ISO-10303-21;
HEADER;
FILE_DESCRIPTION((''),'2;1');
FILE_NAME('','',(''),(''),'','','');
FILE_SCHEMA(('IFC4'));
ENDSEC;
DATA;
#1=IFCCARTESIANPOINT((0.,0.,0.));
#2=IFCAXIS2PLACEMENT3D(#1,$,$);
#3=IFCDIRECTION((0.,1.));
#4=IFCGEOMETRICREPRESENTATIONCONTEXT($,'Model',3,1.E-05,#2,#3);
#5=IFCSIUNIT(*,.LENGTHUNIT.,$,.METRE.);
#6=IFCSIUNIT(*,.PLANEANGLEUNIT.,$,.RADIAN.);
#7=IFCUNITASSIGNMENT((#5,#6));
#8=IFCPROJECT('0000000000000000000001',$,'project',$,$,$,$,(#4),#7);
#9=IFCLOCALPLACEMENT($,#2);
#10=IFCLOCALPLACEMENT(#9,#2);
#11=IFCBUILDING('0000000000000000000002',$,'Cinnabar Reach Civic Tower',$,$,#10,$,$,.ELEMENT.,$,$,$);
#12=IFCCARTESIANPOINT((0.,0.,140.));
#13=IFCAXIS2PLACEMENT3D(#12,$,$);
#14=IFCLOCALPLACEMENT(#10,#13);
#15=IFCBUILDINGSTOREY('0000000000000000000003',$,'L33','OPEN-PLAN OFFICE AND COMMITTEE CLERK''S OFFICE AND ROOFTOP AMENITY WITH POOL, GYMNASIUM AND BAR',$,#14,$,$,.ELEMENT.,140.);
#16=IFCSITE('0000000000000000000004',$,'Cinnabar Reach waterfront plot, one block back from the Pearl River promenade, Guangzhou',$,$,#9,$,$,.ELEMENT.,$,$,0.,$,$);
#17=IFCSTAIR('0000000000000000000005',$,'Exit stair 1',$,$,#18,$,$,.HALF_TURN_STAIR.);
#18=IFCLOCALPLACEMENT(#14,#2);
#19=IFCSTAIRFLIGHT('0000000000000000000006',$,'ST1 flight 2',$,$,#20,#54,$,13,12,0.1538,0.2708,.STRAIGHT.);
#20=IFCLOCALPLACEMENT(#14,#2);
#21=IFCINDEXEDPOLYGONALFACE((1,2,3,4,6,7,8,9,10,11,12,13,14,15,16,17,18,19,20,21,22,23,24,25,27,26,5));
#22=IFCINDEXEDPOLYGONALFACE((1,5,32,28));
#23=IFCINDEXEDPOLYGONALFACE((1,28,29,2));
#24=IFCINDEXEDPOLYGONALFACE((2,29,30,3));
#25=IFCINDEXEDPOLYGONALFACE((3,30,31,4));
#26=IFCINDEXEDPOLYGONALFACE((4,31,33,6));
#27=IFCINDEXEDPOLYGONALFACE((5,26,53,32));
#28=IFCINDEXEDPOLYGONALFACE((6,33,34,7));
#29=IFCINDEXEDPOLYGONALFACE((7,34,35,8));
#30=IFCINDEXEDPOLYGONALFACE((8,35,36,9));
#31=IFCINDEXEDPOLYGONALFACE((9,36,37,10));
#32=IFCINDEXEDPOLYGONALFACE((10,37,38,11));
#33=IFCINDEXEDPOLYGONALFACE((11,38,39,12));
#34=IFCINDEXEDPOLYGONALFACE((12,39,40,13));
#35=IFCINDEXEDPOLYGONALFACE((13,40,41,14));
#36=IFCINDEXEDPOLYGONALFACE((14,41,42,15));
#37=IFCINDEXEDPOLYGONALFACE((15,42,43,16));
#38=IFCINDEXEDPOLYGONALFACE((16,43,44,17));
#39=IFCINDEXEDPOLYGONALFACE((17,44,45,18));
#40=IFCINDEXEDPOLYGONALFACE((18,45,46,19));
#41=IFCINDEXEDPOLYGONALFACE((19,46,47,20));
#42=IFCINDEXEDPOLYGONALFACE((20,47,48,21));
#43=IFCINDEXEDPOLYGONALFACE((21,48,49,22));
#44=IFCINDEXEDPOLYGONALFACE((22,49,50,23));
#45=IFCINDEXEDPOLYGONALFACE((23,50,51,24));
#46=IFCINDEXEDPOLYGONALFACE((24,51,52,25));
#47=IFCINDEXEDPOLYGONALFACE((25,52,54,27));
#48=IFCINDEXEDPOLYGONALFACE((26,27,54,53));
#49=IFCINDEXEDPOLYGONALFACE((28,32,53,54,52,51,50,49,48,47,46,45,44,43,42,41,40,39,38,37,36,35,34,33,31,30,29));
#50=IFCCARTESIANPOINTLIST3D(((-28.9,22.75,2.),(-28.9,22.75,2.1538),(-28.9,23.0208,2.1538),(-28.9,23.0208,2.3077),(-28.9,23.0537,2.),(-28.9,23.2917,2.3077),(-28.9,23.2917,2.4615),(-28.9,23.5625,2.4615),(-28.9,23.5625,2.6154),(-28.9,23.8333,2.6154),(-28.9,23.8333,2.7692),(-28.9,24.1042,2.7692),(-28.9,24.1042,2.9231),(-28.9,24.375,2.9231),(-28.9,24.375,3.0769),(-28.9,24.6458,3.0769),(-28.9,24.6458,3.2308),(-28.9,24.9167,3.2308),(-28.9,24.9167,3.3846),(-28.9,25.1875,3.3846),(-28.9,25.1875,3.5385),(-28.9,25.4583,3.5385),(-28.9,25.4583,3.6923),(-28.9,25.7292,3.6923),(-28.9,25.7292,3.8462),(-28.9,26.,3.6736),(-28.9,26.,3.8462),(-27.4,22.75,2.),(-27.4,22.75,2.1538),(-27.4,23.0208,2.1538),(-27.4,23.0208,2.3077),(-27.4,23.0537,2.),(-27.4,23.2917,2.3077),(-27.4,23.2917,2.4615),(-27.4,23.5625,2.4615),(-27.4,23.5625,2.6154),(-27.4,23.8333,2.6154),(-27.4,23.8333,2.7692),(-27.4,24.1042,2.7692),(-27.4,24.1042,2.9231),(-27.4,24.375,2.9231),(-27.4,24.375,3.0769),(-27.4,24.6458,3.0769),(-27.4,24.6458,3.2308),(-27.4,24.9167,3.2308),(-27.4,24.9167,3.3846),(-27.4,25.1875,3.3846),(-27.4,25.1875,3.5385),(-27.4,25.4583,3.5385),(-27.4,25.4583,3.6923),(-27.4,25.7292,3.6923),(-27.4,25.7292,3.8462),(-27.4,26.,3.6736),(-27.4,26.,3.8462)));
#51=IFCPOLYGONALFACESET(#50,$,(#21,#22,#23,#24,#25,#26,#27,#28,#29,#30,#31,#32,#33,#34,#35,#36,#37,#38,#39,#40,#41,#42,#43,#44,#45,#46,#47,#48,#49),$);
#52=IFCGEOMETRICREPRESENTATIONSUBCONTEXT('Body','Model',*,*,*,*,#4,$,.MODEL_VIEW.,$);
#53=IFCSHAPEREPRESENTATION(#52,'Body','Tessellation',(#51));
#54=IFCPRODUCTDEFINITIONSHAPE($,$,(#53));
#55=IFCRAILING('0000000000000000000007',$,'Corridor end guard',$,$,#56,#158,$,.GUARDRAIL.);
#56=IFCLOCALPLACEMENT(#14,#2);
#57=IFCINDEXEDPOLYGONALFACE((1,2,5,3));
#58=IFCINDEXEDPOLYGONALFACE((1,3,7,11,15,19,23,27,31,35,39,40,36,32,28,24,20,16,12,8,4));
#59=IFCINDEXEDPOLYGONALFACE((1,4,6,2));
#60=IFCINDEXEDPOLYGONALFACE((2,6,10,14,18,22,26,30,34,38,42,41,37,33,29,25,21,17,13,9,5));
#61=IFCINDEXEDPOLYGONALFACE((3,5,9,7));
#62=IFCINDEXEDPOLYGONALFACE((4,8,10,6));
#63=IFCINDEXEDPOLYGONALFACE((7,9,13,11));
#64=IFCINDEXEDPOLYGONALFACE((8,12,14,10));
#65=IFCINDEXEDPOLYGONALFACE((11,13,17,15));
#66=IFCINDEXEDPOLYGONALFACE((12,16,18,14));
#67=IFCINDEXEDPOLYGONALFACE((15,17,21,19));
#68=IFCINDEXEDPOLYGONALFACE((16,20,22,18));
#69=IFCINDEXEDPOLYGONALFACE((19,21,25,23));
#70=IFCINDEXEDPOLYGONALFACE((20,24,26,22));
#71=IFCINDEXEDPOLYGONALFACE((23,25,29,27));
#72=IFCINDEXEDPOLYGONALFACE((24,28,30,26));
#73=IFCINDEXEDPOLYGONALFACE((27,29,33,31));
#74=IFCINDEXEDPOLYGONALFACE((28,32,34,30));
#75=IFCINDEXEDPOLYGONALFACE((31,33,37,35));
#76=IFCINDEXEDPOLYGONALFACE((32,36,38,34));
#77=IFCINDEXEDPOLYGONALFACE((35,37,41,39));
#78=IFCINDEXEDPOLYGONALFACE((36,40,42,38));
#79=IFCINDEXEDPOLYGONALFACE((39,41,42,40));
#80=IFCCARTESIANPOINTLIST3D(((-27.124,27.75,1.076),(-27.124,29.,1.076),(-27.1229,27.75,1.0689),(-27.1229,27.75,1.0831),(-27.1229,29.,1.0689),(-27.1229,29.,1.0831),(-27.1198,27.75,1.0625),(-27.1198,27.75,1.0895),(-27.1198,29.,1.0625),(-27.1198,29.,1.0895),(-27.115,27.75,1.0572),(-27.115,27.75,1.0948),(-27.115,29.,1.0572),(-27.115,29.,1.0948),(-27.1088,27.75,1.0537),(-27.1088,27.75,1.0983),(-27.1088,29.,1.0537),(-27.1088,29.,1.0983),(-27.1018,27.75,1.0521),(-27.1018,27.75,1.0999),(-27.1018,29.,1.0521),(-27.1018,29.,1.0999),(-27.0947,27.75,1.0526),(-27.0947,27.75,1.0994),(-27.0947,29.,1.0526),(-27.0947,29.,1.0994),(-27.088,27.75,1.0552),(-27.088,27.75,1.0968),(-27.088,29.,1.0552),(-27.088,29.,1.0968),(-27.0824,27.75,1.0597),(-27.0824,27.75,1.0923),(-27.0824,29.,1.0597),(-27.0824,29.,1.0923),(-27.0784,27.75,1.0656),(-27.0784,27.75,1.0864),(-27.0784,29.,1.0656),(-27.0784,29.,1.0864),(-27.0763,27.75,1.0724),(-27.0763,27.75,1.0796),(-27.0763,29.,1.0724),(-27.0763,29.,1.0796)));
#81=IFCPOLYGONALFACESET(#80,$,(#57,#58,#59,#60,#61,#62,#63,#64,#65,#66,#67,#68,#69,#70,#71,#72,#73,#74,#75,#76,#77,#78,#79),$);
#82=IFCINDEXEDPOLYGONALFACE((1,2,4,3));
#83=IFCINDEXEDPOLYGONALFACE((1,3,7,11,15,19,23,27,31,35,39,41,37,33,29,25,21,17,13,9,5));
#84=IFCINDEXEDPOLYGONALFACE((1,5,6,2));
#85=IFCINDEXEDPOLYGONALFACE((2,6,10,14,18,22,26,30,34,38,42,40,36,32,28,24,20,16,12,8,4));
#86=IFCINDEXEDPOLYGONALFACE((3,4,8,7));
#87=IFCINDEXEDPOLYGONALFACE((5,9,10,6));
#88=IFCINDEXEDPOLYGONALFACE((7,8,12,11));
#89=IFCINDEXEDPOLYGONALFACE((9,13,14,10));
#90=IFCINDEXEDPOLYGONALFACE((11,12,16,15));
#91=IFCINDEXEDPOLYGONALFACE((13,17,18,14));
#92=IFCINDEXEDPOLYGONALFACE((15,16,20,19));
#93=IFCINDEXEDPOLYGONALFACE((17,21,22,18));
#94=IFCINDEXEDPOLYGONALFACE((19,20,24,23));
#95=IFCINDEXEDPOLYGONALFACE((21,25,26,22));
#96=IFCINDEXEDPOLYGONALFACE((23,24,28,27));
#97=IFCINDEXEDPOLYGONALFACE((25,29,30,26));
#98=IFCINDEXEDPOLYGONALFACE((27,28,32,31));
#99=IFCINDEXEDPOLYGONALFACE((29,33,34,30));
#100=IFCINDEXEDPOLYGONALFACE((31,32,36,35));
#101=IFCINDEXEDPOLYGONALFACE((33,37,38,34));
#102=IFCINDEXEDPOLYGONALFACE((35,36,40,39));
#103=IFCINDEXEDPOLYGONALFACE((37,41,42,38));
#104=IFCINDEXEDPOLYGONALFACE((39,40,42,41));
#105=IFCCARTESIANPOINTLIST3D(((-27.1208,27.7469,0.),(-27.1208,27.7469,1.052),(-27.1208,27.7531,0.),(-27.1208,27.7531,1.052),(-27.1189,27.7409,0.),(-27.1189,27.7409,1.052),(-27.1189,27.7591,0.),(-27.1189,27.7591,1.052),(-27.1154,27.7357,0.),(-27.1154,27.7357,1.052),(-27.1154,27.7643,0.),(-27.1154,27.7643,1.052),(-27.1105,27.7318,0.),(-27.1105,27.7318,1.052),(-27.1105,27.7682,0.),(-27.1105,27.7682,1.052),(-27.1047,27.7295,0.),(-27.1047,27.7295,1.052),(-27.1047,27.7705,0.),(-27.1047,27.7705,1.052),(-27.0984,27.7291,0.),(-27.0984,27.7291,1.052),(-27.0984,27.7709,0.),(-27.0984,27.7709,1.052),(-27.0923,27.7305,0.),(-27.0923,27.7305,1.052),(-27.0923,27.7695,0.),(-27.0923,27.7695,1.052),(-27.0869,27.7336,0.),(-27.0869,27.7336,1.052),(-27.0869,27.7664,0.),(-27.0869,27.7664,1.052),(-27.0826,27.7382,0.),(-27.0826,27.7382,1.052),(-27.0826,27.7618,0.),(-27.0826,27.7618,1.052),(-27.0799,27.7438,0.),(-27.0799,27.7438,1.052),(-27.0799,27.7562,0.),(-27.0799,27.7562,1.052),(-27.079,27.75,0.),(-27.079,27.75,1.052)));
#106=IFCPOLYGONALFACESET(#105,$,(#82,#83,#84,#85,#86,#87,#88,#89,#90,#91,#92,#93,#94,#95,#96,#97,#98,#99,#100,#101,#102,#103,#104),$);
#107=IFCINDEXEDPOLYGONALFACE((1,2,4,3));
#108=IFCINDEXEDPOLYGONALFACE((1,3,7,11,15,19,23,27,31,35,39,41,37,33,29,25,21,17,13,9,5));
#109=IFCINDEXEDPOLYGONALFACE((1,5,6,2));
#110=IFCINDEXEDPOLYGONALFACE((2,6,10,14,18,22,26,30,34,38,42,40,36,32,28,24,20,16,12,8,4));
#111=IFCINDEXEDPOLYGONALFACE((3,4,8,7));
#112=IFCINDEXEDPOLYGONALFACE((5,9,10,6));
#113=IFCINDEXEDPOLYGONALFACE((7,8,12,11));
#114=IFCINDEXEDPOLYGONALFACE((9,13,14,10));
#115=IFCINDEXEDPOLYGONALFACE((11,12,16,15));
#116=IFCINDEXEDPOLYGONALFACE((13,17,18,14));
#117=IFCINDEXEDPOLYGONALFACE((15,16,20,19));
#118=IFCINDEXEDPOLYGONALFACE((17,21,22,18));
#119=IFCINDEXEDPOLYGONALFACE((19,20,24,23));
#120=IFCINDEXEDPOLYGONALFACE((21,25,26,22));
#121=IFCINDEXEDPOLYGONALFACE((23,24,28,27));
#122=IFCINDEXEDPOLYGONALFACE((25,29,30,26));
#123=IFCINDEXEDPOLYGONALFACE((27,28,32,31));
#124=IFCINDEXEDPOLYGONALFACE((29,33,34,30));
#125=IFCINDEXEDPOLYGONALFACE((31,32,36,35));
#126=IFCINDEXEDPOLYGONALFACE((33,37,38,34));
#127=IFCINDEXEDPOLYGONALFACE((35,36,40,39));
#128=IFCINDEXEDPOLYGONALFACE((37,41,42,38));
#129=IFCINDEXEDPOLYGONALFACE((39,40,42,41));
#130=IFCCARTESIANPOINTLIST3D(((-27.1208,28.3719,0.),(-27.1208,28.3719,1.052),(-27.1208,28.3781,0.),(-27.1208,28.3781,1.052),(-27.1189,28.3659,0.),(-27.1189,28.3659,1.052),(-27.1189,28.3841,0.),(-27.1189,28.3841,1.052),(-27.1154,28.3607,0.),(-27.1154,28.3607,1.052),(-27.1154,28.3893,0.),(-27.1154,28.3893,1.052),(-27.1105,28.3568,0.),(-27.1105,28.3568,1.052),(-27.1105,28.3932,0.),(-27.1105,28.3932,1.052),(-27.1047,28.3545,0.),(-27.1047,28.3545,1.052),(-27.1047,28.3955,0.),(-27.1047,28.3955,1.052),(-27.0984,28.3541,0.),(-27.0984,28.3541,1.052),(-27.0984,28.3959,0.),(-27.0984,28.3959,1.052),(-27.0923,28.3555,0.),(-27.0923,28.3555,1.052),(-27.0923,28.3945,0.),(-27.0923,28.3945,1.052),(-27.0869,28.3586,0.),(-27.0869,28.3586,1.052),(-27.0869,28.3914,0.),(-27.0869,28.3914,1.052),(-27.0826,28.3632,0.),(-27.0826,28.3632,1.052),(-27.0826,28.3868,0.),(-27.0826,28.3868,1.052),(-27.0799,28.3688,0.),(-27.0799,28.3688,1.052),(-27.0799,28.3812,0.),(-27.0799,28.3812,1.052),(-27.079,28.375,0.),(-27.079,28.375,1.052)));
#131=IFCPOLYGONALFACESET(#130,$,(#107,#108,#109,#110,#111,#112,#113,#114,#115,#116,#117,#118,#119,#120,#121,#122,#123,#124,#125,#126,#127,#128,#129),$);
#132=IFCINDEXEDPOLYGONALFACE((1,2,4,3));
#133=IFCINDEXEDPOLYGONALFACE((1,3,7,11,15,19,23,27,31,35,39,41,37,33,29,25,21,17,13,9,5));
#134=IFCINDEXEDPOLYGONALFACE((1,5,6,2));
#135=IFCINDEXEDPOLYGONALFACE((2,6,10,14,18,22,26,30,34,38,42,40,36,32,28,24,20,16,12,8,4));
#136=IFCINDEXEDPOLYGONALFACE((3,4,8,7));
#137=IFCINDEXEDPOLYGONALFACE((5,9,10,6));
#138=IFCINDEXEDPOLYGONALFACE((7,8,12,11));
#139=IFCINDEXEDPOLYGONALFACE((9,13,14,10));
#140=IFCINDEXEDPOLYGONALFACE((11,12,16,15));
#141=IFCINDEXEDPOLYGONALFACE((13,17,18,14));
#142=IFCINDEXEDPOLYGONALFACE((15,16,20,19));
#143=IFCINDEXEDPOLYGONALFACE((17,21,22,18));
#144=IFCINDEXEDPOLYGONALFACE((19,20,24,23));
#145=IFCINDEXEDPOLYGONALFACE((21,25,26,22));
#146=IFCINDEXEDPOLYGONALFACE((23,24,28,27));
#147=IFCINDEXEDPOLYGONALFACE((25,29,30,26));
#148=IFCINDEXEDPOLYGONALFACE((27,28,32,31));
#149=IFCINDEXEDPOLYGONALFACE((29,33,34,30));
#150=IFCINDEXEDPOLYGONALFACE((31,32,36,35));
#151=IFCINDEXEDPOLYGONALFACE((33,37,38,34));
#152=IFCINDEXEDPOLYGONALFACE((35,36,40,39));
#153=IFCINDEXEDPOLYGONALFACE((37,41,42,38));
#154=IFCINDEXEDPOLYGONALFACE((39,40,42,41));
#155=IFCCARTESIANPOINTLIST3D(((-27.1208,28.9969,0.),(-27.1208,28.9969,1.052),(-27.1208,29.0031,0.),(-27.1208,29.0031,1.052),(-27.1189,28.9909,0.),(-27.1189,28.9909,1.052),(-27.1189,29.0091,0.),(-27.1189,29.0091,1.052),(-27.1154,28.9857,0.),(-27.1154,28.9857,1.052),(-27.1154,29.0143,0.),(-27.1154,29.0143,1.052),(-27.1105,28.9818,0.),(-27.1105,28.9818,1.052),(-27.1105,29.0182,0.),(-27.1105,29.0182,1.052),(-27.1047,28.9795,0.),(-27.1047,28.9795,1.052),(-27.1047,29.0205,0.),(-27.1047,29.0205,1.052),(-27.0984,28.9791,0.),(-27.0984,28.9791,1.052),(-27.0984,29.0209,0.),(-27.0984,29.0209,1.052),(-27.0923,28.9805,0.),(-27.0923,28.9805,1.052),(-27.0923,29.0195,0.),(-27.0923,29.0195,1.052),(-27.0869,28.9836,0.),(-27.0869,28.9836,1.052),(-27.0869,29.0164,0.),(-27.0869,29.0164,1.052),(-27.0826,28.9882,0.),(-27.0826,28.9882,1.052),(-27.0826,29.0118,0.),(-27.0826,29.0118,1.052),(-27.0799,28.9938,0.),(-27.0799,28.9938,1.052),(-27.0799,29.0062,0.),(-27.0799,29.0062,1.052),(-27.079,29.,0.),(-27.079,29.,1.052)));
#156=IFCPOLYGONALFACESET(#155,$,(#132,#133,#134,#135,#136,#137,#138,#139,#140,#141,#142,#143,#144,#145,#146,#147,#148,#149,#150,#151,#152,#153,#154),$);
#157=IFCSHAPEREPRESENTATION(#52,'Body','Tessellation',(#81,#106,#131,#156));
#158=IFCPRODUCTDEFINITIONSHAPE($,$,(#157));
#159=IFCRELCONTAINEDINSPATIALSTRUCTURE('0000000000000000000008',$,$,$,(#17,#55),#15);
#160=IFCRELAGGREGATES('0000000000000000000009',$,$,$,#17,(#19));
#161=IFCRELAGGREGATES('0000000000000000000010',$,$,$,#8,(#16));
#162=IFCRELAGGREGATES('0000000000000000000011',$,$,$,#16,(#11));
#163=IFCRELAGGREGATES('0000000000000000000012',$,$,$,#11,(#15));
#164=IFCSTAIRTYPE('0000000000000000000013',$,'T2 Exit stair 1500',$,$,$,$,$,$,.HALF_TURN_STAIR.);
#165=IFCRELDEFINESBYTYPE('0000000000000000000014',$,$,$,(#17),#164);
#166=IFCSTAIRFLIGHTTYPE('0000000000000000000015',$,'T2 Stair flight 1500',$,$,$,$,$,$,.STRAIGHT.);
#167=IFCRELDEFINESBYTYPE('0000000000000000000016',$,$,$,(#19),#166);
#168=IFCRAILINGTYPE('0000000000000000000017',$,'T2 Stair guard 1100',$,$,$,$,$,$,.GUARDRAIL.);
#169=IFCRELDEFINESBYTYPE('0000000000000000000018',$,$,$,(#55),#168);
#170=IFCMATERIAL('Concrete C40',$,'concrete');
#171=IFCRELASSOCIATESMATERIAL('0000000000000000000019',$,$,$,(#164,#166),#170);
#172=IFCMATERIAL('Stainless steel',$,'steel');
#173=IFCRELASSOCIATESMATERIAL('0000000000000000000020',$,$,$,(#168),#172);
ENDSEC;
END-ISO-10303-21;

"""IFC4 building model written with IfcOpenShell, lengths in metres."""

from ifc_helpers import new_model, si_unit, direction, frame, origin, origin_2d, place, context, subcontext, project, spatial, polyline, circle, outline, extrude, material, type_object, element, aggregate, save


model = new_model("IFC4")

# Units and contexts
model_context = context("Model", 3, precision=1e-05, world=origin(), true_north=direction((0.0, 1.0)))
body_context = subcontext(model_context, "Body", "Model", "MODEL_VIEW")
ifc_project = project(units=[si_unit("LENGTHUNIT", "METRE"), si_unit("PLANEANGLEUNIT", "RADIAN")], contexts=[model_context])

# Site, building, storey
site_placement = place(None, origin())
site = spatial("IfcSite", under=ifc_project, at=site_placement, Name="Cinnabar Reach waterfront plot, one block back from the Pearl River promenade, Guangzhou", CompositionType="ELEMENT", RefElevation=0.0)
building_placement = place(site_placement, origin())
building = spatial("IfcBuilding", under=site, at=building_placement, Name="Cinnabar Reach Civic Tower", CompositionType="ELEMENT")
storey_placement = place(building_placement, frame((0.0, 0.0, 140.0)))
storey = spatial("IfcBuildingStorey", under=building, at=storey_placement, Name="L33", Description="OPEN-PLAN OFFICE AND COMMITTEE CLERK'S OFFICE AND ROOFTOP AMENITY WITH POOL, GYMNASIUM AND BAR", CompositionType="ELEMENT", Elevation=140.0)

# Shared definitions
ifc_material_1 = material(Name="Concrete C40", Category="concrete")

# Stair, stair flight
stair_type = type_object("IfcStairType", Name="T2 Exit stair 1500", PredefinedType="HALF_TURN_STAIR", material=ifc_material_1)
stair_placement = place(storey_placement, origin())
stair = element("IfcStair", 1, at=stair_placement, inside=storey, type_object=stair_type, Name="Exit stair 1", PredefinedType="HALF_TURN_STAIR")
stair_flight_type = type_object("IfcStairFlightType", Name="T2 Stair flight 1500", PredefinedType="STRAIGHT", material=ifc_material_1)
stair_flight_1_placement = place(storey_placement, frame((-28.15, 22.75, 2.0), z_axis=(0.0, 0.0, 1.0), x_axis=(0.0, 1.0, 0.0)))
stair_flight_1 = element("IfcStairFlight", 2, at=stair_flight_1_placement, type_object=stair_flight_type, Name="ST1 flight 2", NumberOfRisers=13, NumberOfTreads=12, PredefinedType="STRAIGHT", RiserHeight=0.1538, TreadLength=0.2708, context=body_context, shape_type="SweptSolid", body=[
    extrude(outline(polyline([(0.0, 0.0), (0.0, 0.1538), (0.2708, 0.1538), (0.2708, 0.3077), (0.5417, 0.3077), (0.5417, 0.4615), (0.8125, 0.4615), (0.8125, 0.6154), (1.0833, 0.6154), (1.0833, 0.7692), (1.3542, 0.7692), (1.3542, 0.9231), (1.625, 0.9231), (1.625, 1.0769), (1.8958, 1.0769), (1.8958, 1.2308), (2.1667, 1.2308), (2.1667, 1.3846), (2.4375, 1.3846), (2.4375, 1.5385), (2.7083, 1.5385), (2.7083, 1.6923), (2.9792, 1.6923), (2.9792, 1.8462), (3.25, 1.8462), (3.25, 2.0), (3.25, 1.6736), (0.3037, 0.0), (0.0, 0.0)])), frame((0.0, 0.75, 0.0), z_axis=(0.0, -1.0, 0.0), x_axis=(1.0, 0.0, 0.0)), (0.0, 0.0, 1.0), 1.5),
])
aggregate(stair, [stair_flight_1])

# Railing
ifc_material_2 = material(Name="Stainless steel", Category="steel")
railing_type = type_object("IfcRailingType", Name="T2 Stair guard 1100", PredefinedType="GUARDRAIL", material=ifc_material_2)
railing_1_placement = place(storey_placement, frame((-27.1, 27.75, 0.0)))
element("IfcRailing", 3, at=railing_1_placement, inside=storey, type_object=railing_type, Name="Corridor end guard", PredefinedType="GUARDRAIL", context=body_context, shape_type="SweptSolid", body=[
    extrude(circle(Radius=0.024, at=origin_2d()), frame((0.0, 0.0, 1.076), z_axis=(0.0, 1.0, 0.0), x_axis=(-1.0, 0.0, 0.0)), (0.0, 0.0, 1.0), 1.25),
    extrude(circle(Radius=0.021, at=origin_2d()), origin(), (0.0, 0.0, 1.0), 1.052),
    extrude(circle(Radius=0.021, at=origin_2d()), frame((0.0, 0.625, 0.0)), (0.0, 0.0, 1.0), 1.052),
    extrude(circle(Radius=0.021, at=origin_2d()), frame((0.0, 1.25, 0.0)), (0.0, 0.0, 1.0), 1.052),
])

save(model, "model.ifc")
